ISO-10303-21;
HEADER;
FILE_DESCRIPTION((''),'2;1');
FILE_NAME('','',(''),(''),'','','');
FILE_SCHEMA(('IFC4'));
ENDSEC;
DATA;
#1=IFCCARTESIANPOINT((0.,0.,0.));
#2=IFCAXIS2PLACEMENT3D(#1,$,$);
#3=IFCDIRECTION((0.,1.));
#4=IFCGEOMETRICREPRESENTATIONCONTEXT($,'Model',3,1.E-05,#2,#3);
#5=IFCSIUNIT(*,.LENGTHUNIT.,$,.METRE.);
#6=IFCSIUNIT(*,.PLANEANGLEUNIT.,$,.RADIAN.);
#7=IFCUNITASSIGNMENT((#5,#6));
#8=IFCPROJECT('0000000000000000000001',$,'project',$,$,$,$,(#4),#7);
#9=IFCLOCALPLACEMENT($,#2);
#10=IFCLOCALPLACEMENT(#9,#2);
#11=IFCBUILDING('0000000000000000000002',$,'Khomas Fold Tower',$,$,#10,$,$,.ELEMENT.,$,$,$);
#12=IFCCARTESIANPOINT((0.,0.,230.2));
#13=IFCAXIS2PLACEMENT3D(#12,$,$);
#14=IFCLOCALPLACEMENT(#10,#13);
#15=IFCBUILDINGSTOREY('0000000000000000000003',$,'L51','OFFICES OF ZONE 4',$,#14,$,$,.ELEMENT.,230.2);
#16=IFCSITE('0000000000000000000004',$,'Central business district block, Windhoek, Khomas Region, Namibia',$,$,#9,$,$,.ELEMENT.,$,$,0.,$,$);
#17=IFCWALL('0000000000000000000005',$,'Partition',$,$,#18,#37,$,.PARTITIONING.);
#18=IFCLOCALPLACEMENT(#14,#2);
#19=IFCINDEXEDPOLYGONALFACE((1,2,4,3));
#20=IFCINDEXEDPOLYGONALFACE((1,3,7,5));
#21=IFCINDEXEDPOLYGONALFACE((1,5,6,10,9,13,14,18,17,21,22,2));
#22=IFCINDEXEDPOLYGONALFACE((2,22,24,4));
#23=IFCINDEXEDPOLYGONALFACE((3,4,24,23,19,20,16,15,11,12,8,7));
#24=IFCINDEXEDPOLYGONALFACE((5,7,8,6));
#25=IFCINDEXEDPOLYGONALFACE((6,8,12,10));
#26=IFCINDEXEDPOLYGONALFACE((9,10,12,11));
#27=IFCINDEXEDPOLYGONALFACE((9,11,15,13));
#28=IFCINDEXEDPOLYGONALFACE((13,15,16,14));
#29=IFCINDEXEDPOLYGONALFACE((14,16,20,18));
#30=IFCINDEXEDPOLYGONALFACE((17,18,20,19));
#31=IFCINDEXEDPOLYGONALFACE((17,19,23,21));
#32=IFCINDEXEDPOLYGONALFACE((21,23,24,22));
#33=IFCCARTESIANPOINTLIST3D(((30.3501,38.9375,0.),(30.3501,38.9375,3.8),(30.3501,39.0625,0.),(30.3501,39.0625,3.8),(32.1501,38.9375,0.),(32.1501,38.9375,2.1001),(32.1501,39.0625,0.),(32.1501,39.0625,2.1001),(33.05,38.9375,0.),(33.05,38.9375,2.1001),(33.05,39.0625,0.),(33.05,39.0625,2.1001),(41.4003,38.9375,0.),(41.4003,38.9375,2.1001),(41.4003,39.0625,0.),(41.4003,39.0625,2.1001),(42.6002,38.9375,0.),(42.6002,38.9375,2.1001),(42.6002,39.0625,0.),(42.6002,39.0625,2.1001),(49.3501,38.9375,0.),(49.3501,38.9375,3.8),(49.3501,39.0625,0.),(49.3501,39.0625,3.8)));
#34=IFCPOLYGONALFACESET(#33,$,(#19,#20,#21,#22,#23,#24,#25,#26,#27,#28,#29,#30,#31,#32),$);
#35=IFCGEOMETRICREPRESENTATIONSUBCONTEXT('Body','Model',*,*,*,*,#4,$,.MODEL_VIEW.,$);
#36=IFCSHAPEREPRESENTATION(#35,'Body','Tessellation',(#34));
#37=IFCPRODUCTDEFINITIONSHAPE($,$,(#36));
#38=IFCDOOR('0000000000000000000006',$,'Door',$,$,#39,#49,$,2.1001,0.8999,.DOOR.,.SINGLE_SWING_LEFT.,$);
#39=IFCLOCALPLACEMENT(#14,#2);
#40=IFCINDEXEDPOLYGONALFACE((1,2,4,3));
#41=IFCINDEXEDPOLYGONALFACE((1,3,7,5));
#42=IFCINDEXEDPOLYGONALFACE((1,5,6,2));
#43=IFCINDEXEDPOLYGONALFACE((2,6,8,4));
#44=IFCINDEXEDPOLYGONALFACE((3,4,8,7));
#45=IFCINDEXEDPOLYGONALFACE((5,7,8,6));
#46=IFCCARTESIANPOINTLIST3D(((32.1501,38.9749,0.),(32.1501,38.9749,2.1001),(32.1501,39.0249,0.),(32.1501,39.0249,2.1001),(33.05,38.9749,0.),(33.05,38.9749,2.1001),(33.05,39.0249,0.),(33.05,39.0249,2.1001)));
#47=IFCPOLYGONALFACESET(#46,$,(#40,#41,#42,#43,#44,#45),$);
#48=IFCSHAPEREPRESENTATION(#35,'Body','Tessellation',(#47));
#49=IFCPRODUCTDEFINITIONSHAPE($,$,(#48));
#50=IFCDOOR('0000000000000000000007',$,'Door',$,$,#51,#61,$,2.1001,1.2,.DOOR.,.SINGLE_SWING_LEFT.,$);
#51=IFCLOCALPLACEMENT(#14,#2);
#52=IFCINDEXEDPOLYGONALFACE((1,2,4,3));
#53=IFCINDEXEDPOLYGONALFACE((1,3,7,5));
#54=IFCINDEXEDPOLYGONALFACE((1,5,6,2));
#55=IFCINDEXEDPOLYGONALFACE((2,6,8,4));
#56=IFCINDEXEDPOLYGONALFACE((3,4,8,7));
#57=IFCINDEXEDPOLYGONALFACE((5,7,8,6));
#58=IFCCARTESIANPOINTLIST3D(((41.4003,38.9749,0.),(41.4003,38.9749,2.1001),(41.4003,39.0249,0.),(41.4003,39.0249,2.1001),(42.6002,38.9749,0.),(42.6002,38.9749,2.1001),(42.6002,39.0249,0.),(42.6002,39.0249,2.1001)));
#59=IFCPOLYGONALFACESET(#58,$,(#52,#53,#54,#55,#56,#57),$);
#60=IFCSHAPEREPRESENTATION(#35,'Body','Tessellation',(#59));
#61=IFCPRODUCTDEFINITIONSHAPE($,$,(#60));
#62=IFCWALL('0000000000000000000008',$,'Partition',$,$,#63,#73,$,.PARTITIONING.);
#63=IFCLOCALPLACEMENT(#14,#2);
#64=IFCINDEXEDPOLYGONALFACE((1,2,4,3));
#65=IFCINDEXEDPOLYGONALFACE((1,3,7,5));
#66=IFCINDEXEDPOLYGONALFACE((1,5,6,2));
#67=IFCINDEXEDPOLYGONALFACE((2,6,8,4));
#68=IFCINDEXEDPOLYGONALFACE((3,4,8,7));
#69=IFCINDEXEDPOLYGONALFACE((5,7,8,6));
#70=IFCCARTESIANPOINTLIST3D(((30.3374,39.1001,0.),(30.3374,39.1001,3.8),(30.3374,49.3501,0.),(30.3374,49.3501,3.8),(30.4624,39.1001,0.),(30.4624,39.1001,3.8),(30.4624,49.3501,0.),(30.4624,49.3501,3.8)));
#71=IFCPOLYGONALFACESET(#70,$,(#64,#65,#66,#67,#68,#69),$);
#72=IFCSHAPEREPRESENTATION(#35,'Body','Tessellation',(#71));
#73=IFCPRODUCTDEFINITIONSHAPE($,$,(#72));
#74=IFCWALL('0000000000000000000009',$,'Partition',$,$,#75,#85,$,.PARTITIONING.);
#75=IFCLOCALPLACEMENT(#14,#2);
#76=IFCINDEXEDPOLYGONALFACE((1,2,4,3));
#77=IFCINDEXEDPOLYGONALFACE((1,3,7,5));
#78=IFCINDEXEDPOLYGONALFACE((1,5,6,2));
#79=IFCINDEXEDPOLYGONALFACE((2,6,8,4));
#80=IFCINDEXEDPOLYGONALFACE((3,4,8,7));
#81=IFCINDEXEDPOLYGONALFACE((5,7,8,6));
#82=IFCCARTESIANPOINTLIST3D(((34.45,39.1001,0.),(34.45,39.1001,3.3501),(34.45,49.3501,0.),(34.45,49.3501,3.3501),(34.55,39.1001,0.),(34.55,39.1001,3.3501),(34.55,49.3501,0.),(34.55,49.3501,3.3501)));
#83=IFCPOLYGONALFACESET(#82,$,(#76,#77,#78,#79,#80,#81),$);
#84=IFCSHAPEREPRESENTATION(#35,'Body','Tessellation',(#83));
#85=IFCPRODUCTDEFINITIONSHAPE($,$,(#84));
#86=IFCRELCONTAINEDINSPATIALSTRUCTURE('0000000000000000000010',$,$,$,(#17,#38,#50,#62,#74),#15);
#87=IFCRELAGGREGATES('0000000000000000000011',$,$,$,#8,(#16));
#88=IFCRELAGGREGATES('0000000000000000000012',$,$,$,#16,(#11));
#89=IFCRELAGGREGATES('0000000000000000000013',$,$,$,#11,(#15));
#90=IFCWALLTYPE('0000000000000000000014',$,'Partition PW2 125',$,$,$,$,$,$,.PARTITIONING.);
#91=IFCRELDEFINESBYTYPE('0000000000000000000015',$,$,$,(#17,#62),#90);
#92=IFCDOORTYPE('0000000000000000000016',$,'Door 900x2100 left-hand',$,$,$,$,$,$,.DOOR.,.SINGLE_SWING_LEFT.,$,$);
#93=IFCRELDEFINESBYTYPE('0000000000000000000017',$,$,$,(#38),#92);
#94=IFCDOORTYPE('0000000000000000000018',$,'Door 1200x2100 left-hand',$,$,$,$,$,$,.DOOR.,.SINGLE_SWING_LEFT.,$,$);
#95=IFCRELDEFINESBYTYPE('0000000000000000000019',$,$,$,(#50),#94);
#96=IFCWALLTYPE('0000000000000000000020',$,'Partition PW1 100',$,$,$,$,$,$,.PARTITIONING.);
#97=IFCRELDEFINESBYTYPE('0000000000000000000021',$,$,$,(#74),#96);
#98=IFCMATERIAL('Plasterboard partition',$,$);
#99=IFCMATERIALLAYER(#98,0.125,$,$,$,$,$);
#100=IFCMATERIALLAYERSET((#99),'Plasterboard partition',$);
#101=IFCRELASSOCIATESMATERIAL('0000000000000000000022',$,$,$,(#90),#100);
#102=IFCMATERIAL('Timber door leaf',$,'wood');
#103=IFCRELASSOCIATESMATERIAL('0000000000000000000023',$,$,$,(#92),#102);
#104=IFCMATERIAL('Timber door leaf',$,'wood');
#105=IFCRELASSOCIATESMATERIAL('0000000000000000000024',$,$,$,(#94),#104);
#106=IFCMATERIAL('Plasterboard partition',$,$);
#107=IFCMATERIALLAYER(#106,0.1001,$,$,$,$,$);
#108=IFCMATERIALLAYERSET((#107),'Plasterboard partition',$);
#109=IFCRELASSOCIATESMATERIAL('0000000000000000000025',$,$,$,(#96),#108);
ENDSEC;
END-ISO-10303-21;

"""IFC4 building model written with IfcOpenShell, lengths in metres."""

from ifc_helpers import new_model, si_unit, direction, frame, frame_2d, origin, place, context, subcontext, project, spatial, rectangle, extrude, source, transform, mapped, material, layer, layer_set, type_object, element, fill, save


model = new_model("IFC4")

# Units and contexts
model_context = context("Model", 3, precision=1e-05, world=origin(), true_north=direction((0.0, 1.0)))
body_context = subcontext(model_context, "Body", "Model", "MODEL_VIEW")
ifc_project = project(units=[si_unit("LENGTHUNIT", "METRE"), si_unit("PLANEANGLEUNIT", "RADIAN")], contexts=[model_context])

# Site, building, storey
site_placement = place(None, origin())
site = spatial("IfcSite", under=ifc_project, at=site_placement, Name="Central business district block, Windhoek, Khomas Region, Namibia", CompositionType="ELEMENT", RefElevation=0.0)
building_placement = place(site_placement, origin())
building = spatial("IfcBuilding", under=site, at=building_placement, Name="Khomas Fold Tower", CompositionType="ELEMENT")
storey_placement = place(building_placement, frame((0.0, 0.0, 230.2)))
storey = spatial("IfcBuildingStorey", under=building, at=storey_placement, Name="L51", Description="OFFICES OF ZONE 4", CompositionType="ELEMENT", Elevation=230.2)

# Wall, openings, doors
ifc_material_1 = material(Name="Plasterboard partition")
ifc_layer_1 = layer(ifc_material_1, 0.125)
ifc_layer_set_1 = layer_set([ifc_layer_1], Name="Plasterboard partition")
wall_type_1 = type_object("IfcWallType", Name="Partition PW2 125", PredefinedType="PARTITIONING", material=ifc_layer_set_1)
shared_shape_1 = source(origin(), body_context, "Body", "SweptSolid", [
    extrude(rectangle(XDim=19.0, YDim=0.125, at=frame_2d((9.5, 0.0))), origin(), (0.0, 0.0, 1.0), 3.8),
])
wall_1_placement = place(storey_placement, frame((30.3501, 39.0, 0.0), z_axis=(0.0, 0.0, 1.0), x_axis=(1.0, 0.0, 0.0)))
wall_1 = element("IfcWall", 1, at=wall_1_placement, inside=storey, type_object=wall_type_1, Name="Partition", PredefinedType="PARTITIONING", context=body_context, shape_type="MappedRepresentation", body=[
    mapped(shared_shape_1, transform((0.0, 0.0, 0.0))),
])
shared_shape_2 = source(origin(), body_context, "Body", "SweptSolid", [
    extrude(rectangle(XDim=0.8999, YDim=2.1001, at=frame_2d((0.45, 1.05))), frame((0.0, 0.0725, 0.0), z_axis=(0.0, -1.0, 0.0), x_axis=(1.0, 0.0, 0.0)), (0.0, 0.0, 1.0), 0.145),
])
opening_1_placement = place(wall_1_placement, frame((1.8, 0.0, 0.0)))
opening_1 = element("IfcOpeningElement", 2, at=opening_1_placement, cuts=wall_1, PredefinedType="OPENING", context=body_context, shape_type="MappedRepresentation", body=[
    mapped(shared_shape_2, transform((0.0, 0.0, 0.0))),
])
shared_shape_3 = source(origin(), body_context, "Body", "SweptSolid", [
    extrude(rectangle(XDim=1.2, YDim=2.1001, at=frame_2d((0.6001, 1.05))), frame((0.0, 0.0725, 0.0), z_axis=(0.0, -1.0, 0.0), x_axis=(1.0, 0.0, 0.0)), (0.0, 0.0, 1.0), 0.145),
])
opening_2_placement = place(wall_1_placement, frame((11.05, 0.0, 0.0)))
opening_2 = element("IfcOpeningElement", 3, at=opening_2_placement, cuts=wall_1, PredefinedType="OPENING", context=body_context, shape_type="MappedRepresentation", body=[
    mapped(shared_shape_3, transform((0.0, 0.0, 0.0))),
])
ifc_material_2 = material(Name="Timber door leaf", Category="wood")
door_type_1 = type_object("IfcDoorType", Name="Door 900x2100 left-hand", OperationType="SINGLE_SWING_LEFT", PredefinedType="DOOR", material=ifc_material_2)
shared_shape_4 = source(origin(), body_context, "Body", "SweptSolid", [
    extrude(rectangle(XDim=0.8999, YDim=2.1001, at=frame_2d((0.45, 1.05))), frame((0.0, 0.0249, 0.0), z_axis=(0.0, -1.0, 0.0), x_axis=(1.0, 0.0, 0.0)), (0.0, 0.0, 1.0), 0.05),
])
door_1_placement = place(opening_1_placement, origin())
door_1 = element("IfcDoor", 4, at=door_1_placement, inside=storey, type_object=door_type_1, Name="Door", OperationType="SINGLE_SWING_LEFT", OverallHeight=2.1001, OverallWidth=0.8999, PredefinedType="DOOR", context=body_context, shape_type="MappedRepresentation", body=[
    mapped(shared_shape_4, transform((0.0, 0.0, 0.0))),
])
fill(opening_1, door_1)
ifc_material_3 = material(Name="Timber door leaf", Category="wood")
door_type_2 = type_object("IfcDoorType", Name="Door 1200x2100 left-hand", OperationType="SINGLE_SWING_LEFT", PredefinedType="DOOR", material=ifc_material_3)
shared_shape_5 = source(origin(), body_context, "Body", "SweptSolid", [
    extrude(rectangle(XDim=1.2, YDim=2.1001, at=frame_2d((0.6001, 1.05))), frame((0.0, 0.0249, 0.0), z_axis=(0.0, -1.0, 0.0), x_axis=(1.0, 0.0, 0.0)), (0.0, 0.0, 1.0), 0.05),
])
door_2_placement = place(opening_2_placement, origin())
door_2 = element("IfcDoor", 5, at=door_2_placement, inside=storey, type_object=door_type_2, Name="Door", OperationType="SINGLE_SWING_LEFT", OverallHeight=2.1001, OverallWidth=1.2, PredefinedType="DOOR", context=body_context, shape_type="MappedRepresentation", body=[
    mapped(shared_shape_5, transform((0.0, 0.0, 0.0))),
])
fill(opening_2, door_2)

# Walls
shared_shape_6 = source(origin(), body_context, "Body", "SweptSolid", [
    extrude(rectangle(XDim=10.25, YDim=0.125, at=frame_2d((5.125, 0.0))), origin(), (0.0, 0.0, 1.0), 3.8),
])
wall_2_placement = place(storey_placement, frame((30.3999, 39.1001, 0.0), z_axis=(0.0, 0.0, 1.0), x_axis=(0.0, 1.0, 0.0)))
element("IfcWall", 6, at=wall_2_placement, inside=storey, type_object=wall_type_1, Name="Partition", PredefinedType="PARTITIONING", context=body_context, shape_type="MappedRepresentation", body=[
    mapped(shared_shape_6, transform((0.0, 0.0, 0.0))),
])
ifc_material_4 = material(Name="Plasterboard partition")
ifc_layer_2 = layer(ifc_material_4, 0.1001)
ifc_layer_set_2 = layer_set([ifc_layer_2], Name="Plasterboard partition")
wall_type_2 = type_object("IfcWallType", Name="Partition PW1 100", PredefinedType="PARTITIONING", material=ifc_layer_set_2)
shared_shape_7 = source(origin(), body_context, "Body", "SweptSolid", [
    extrude(rectangle(XDim=10.25, YDim=0.1001, at=frame_2d((5.125, 0.0))), origin(), (0.0, 0.0, 1.0), 3.3501),
])
wall_3_placement = place(storey_placement, frame((34.5, 39.1001, 0.0), z_axis=(0.0, 0.0, 1.0), x_axis=(0.0, 1.0, 0.0)))
element("IfcWall", 7, at=wall_3_placement, inside=storey, type_object=wall_type_2, Name="Partition", PredefinedType="PARTITIONING", context=body_context, shape_type="MappedRepresentation", body=[
    mapped(shared_shape_7, transform((0.0, 0.0, 0.0))),
])

save(model, "model.ifc")
